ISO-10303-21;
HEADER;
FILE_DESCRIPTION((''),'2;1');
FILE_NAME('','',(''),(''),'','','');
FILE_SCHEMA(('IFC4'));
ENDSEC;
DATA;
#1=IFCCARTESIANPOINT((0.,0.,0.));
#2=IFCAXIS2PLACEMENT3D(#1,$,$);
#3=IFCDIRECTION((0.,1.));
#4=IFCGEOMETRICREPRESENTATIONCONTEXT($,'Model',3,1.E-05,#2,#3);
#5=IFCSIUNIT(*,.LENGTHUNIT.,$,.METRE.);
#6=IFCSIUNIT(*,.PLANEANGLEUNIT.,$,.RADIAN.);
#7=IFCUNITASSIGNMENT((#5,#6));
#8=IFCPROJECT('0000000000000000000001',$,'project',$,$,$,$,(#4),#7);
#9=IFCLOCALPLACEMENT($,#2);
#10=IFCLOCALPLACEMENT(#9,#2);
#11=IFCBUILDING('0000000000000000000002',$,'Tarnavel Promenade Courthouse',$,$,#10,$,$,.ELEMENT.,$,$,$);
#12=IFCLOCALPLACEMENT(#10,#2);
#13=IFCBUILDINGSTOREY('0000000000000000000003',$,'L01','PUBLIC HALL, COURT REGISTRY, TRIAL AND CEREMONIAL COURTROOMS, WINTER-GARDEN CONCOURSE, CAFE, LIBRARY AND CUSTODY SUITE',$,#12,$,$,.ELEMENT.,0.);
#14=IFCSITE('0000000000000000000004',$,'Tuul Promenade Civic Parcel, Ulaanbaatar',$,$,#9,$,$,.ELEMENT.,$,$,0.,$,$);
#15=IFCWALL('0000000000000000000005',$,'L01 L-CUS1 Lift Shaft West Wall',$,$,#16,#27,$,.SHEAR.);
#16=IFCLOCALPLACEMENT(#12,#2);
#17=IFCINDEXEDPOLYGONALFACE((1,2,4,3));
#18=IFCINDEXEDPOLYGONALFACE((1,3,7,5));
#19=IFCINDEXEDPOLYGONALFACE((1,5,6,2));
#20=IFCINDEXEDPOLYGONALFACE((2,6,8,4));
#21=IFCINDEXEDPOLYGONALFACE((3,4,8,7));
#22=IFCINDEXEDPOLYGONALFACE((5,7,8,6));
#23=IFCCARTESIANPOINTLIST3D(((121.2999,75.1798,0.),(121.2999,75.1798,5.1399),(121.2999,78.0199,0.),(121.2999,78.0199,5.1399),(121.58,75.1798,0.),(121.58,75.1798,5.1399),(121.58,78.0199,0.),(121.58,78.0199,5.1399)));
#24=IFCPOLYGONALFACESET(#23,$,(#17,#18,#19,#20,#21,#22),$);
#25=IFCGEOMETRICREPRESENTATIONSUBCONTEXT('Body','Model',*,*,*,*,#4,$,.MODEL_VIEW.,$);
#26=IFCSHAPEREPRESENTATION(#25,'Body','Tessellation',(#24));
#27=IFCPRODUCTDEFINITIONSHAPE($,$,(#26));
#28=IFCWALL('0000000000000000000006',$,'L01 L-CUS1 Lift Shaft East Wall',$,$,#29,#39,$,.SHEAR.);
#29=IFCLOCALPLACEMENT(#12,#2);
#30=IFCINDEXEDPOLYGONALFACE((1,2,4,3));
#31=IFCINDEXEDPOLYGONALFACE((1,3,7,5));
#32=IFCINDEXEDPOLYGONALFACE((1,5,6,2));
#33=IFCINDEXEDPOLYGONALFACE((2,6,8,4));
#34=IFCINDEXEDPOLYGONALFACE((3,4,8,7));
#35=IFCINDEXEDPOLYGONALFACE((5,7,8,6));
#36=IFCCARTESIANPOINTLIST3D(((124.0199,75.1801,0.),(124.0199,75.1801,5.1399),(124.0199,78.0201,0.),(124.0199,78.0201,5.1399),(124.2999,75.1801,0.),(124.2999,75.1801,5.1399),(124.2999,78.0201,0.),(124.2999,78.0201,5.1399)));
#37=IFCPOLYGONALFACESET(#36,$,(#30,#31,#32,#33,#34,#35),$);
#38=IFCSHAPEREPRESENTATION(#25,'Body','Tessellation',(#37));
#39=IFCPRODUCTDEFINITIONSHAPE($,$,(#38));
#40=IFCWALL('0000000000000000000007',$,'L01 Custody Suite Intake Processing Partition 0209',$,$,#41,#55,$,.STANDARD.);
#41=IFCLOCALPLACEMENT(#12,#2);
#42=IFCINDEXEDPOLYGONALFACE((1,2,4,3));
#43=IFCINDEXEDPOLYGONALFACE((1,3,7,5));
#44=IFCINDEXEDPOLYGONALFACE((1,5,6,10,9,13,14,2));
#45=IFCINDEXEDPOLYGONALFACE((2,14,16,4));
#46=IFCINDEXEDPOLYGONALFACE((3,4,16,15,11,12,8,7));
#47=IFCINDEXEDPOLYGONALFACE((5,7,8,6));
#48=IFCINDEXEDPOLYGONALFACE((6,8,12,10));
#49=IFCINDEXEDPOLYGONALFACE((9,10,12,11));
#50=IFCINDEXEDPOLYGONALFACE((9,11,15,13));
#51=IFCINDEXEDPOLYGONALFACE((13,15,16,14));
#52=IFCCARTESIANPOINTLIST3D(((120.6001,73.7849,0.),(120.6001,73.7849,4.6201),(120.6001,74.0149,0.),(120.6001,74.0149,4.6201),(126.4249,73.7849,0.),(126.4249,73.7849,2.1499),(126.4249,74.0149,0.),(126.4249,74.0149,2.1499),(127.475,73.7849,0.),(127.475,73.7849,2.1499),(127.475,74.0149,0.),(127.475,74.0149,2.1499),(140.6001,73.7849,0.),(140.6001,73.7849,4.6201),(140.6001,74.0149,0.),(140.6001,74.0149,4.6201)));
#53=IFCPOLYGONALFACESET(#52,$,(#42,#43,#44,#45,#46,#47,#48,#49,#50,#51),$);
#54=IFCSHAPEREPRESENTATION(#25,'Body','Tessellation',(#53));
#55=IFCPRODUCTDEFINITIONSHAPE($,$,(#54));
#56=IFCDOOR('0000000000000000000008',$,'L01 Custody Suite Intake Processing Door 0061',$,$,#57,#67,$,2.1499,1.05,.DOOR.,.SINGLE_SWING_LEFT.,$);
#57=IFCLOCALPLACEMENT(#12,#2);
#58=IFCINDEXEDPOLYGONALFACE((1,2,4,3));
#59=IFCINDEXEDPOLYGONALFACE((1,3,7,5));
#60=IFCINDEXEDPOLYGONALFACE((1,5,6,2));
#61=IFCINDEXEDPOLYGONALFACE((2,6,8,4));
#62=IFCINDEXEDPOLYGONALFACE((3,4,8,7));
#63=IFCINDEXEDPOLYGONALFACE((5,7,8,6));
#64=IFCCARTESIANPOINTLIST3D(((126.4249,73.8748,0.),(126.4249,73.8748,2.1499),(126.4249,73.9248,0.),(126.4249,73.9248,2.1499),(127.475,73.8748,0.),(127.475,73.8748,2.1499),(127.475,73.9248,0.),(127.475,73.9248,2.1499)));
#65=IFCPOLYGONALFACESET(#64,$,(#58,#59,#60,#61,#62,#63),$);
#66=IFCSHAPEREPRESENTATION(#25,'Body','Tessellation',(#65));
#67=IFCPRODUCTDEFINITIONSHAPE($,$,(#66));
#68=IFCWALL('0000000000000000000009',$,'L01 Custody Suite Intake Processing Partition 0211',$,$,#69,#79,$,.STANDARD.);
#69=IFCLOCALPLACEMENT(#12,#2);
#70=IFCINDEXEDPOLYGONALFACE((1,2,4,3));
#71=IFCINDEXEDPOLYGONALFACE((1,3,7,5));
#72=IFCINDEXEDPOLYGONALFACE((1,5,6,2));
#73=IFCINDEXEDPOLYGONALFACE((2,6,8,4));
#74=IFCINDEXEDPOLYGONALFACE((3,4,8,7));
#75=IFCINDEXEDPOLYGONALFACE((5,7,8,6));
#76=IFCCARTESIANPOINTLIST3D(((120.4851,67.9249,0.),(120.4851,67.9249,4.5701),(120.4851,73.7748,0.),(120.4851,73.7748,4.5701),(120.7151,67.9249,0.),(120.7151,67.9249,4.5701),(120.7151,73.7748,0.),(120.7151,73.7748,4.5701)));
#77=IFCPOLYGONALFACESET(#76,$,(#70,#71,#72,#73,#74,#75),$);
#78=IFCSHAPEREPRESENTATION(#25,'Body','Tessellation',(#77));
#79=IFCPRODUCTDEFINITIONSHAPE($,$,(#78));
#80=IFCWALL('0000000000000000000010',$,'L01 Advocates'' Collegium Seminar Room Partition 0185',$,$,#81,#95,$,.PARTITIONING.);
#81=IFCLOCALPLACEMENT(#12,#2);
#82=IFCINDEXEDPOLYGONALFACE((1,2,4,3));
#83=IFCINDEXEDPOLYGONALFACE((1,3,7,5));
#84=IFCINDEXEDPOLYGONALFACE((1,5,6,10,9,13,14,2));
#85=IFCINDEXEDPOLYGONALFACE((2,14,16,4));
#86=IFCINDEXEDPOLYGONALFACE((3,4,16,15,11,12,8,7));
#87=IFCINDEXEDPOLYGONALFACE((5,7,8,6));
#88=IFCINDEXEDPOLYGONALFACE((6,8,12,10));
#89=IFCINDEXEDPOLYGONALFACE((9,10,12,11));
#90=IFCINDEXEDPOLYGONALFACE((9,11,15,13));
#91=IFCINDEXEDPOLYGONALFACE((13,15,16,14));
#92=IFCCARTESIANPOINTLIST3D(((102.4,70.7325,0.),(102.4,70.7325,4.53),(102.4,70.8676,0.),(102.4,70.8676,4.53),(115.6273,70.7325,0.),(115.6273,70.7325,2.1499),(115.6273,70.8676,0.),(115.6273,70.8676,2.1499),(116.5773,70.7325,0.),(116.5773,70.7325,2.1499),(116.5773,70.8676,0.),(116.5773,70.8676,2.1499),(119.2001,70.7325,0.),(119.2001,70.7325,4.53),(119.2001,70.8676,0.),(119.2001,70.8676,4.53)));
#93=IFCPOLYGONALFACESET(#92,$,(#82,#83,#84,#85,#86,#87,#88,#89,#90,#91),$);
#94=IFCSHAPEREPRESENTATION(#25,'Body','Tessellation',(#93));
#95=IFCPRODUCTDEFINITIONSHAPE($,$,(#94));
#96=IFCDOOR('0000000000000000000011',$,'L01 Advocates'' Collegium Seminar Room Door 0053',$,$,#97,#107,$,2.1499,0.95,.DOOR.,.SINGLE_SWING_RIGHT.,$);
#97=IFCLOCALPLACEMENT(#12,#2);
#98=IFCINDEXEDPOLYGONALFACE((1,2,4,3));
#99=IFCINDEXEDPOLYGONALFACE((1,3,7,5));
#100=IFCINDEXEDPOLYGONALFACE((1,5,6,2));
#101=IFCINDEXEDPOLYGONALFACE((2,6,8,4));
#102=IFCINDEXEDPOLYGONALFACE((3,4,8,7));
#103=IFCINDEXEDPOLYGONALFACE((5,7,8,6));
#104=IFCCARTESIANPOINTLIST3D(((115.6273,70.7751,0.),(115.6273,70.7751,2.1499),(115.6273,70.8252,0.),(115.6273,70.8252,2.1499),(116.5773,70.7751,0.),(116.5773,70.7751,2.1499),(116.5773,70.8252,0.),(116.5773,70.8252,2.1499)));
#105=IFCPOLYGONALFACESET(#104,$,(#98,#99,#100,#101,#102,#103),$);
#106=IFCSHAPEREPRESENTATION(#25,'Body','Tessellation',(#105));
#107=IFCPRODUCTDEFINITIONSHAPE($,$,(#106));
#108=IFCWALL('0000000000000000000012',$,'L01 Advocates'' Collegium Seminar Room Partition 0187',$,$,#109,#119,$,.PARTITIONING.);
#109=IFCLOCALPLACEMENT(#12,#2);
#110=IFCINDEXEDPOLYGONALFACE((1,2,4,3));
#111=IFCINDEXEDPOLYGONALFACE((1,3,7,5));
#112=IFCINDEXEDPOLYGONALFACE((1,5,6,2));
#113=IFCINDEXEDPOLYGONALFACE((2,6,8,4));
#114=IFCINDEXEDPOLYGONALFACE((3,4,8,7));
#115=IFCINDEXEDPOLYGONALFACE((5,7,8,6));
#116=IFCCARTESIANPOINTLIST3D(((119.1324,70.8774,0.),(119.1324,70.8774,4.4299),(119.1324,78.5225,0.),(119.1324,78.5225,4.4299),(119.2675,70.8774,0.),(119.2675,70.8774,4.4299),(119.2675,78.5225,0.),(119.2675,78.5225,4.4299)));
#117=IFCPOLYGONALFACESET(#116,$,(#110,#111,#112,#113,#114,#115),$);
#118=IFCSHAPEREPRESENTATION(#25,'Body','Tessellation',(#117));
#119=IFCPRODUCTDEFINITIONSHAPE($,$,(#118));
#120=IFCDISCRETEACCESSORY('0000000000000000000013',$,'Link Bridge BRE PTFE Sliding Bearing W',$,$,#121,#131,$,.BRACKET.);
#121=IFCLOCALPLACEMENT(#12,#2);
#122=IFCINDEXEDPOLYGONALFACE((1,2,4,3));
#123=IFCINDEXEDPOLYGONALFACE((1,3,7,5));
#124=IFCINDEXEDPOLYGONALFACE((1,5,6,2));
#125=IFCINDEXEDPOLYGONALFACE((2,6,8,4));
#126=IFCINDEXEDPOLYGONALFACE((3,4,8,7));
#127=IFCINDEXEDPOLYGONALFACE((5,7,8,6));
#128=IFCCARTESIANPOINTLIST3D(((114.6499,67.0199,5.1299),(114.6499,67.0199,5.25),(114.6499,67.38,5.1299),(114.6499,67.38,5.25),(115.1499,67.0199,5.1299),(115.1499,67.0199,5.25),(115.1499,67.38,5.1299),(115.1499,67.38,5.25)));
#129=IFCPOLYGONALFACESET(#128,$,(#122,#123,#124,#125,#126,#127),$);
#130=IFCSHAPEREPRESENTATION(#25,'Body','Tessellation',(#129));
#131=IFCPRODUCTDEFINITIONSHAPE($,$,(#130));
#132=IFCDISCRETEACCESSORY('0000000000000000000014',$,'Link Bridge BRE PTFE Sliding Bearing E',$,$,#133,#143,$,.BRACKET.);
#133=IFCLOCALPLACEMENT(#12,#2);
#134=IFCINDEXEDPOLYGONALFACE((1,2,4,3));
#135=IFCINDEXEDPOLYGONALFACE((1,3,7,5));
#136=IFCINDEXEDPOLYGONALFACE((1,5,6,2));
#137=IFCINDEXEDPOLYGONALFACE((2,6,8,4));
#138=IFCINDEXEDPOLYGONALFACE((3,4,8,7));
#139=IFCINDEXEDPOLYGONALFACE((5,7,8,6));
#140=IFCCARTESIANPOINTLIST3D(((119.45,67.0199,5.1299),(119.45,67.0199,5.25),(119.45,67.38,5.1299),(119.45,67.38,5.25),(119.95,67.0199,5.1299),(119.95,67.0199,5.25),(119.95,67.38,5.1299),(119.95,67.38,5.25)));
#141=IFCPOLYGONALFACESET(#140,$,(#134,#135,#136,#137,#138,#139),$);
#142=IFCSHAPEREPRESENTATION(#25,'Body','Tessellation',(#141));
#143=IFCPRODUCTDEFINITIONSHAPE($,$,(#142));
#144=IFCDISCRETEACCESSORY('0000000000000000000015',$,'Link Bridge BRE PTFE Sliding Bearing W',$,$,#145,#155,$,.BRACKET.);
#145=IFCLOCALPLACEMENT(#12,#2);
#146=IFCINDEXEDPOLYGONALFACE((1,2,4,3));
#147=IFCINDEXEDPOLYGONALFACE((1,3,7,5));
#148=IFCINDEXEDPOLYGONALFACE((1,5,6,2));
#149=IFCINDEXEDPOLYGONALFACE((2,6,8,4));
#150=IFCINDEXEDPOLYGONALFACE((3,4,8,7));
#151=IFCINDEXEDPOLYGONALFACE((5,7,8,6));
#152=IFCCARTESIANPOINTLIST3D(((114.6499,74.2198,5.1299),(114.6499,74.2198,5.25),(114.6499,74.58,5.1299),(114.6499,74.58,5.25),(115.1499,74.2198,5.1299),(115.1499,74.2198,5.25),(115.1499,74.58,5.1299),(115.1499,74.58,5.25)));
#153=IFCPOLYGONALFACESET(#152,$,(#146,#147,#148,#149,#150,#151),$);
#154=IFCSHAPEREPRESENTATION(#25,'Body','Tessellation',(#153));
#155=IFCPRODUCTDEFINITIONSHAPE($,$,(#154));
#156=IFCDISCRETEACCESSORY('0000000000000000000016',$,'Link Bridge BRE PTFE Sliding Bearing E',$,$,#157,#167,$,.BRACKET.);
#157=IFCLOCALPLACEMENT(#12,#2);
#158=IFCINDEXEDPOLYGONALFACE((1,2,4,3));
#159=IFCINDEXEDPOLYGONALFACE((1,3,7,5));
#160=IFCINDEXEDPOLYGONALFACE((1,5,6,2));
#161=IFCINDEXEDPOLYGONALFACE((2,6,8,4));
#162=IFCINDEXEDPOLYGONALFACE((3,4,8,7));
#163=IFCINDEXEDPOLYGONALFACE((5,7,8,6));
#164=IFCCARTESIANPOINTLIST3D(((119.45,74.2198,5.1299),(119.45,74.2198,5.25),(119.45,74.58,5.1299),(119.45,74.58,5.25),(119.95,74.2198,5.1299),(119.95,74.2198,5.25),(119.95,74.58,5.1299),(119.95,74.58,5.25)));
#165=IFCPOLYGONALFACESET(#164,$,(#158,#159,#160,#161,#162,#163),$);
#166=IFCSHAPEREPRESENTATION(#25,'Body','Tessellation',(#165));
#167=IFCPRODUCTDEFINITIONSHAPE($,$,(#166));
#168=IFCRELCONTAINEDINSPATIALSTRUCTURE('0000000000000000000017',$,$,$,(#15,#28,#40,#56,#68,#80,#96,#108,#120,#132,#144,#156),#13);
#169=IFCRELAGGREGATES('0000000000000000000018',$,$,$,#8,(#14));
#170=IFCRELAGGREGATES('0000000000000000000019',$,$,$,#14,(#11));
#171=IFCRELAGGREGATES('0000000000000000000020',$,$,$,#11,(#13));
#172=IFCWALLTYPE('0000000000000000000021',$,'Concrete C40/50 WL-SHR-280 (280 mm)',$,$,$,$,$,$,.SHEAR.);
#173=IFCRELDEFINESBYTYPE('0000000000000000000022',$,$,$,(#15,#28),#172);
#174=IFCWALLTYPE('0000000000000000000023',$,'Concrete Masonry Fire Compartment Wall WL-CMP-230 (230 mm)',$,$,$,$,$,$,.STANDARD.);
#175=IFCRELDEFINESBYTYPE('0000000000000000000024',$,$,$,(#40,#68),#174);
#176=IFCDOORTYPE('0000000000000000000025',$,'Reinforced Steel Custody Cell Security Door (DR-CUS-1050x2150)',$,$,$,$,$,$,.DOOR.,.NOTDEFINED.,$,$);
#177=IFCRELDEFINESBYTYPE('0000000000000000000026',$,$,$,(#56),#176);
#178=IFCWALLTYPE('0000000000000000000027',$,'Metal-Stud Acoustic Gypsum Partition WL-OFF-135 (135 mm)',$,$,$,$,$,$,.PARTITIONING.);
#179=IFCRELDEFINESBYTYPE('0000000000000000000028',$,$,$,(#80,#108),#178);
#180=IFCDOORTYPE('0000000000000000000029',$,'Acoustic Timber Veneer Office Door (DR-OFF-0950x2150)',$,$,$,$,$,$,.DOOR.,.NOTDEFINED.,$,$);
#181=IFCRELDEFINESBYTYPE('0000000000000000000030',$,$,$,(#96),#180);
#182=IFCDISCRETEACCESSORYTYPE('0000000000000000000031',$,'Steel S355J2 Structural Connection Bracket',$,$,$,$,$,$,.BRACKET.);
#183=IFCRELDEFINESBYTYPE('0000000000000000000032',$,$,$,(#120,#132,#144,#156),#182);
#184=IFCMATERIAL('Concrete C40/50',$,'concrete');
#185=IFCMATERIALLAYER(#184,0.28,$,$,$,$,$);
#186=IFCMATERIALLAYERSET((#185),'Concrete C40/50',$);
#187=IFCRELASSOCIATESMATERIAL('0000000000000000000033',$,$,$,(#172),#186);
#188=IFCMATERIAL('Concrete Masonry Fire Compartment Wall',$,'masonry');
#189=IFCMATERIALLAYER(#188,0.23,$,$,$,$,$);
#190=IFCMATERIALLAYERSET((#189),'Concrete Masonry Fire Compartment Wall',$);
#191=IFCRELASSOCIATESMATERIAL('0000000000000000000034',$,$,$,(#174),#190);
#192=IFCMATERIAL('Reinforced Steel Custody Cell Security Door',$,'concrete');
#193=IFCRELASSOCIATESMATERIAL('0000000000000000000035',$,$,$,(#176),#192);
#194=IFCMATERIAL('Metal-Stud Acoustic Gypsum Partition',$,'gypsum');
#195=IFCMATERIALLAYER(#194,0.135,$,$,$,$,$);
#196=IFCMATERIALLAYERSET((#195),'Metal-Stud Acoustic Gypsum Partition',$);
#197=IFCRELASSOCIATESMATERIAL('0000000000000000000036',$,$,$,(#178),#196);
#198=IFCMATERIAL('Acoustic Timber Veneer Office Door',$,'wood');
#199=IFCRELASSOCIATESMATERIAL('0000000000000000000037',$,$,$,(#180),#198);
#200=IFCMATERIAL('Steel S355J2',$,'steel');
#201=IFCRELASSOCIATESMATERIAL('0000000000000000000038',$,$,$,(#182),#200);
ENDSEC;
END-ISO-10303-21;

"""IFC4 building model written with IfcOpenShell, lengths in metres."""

from ifc_helpers import new_model, si_unit, direction, frame, frame_2d, origin, origin_2d, place, context, subcontext, project, spatial, rectangle, extrude, material, layer, layer_set, type_object, element, fill, save


model = new_model("IFC4")

# Units and contexts
model_context = context("Model", 3, precision=1e-05, world=origin(), true_north=direction((0.0, 1.0)))
body_context = subcontext(model_context, "Body", "Model", "MODEL_VIEW")
ifc_project = project(units=[si_unit("LENGTHUNIT", "METRE"), si_unit("PLANEANGLEUNIT", "RADIAN")], contexts=[model_context])

# Site, building, storey
site_placement = place(None, origin())
site = spatial("IfcSite", under=ifc_project, at=site_placement, Name="Tuul Promenade Civic Parcel, Ulaanbaatar", CompositionType="ELEMENT", RefElevation=0.0)
building_placement = place(site_placement, origin())
building = spatial("IfcBuilding", under=site, at=building_placement, Name="Tarnavel Promenade Courthouse", CompositionType="ELEMENT")
storey_placement = place(building_placement, origin())
storey = spatial("IfcBuildingStorey", under=building, at=storey_placement, Name="L01", Description="PUBLIC HALL, COURT REGISTRY, TRIAL AND CEREMONIAL COURTROOMS, WINTER-GARDEN CONCOURSE, CAFE, LIBRARY AND CUSTODY SUITE", CompositionType="ELEMENT", Elevation=0.0)

# Shared definitions
ifc_material_1 = material(Name="Concrete C40/50", Category="concrete")

# Shared definitions
ifc_material_2 = material(Name="Steel S355J2", Category="steel")

# Shared definitions
ifc_layer_1 = layer(ifc_material_1, 0.28)
ifc_layer_set_1 = layer_set([ifc_layer_1], Name="Concrete C40/50")
wall_type_1 = type_object("IfcWallType", Name="Concrete C40/50 WL-SHR-280 (280 mm)", PredefinedType="SHEAR", material=ifc_layer_set_1)

# Walls
for number, where, z_axis, x_axis, name in (
    (1, (121.4399, 75.1799, 0.0), (0.0, 0.0, 1.0), (0.0, 1.0, 0.0), "L01 L-CUS1 Lift Shaft West Wall"),
    (2, (124.1599, 78.02, 0.0), (0.0, 0.0, 1.0), (0.0, -1.0, 0.0), "L01 L-CUS1 Lift Shaft East Wall"),
):
    element("IfcWall", number, at=place(storey_placement, frame(where, z_axis=z_axis, x_axis=x_axis)), inside=storey, type_object=wall_type_1, Name=name, PredefinedType="SHEAR", context=body_context, shape_type="SweptSolid", body=[
        extrude(rectangle(XDim=2.8401, YDim=0.28, at=frame_2d((1.4199, 0.0))), origin(), (0.0, 0.0, 1.0), 5.1399),
    ])

# Wall, opening, door
ifc_material_3 = material(Name="Concrete Masonry Fire Compartment Wall", Category="masonry")
ifc_layer_2 = layer(ifc_material_3, 0.23)
ifc_layer_set_2 = layer_set([ifc_layer_2], Name="Concrete Masonry Fire Compartment Wall")
wall_type_2 = type_object("IfcWallType", Name="Concrete Masonry Fire Compartment Wall WL-CMP-230 (230 mm)", PredefinedType="STANDARD", material=ifc_layer_set_2)
wall_1_placement = place(storey_placement, frame((120.6001, 73.8999, 0.0), z_axis=(0.0, 0.0, 1.0), x_axis=(1.0, 0.0, 0.0)))
wall_1 = element("IfcWall", 3, at=wall_1_placement, inside=storey, type_object=wall_type_2, Name="L01 Custody Suite Intake Processing Partition 0209", PredefinedType="STANDARD", context=body_context, shape_type="SweptSolid", body=[
    extrude(rectangle(XDim=20.0, YDim=0.23, at=frame_2d((10.0, 0.0))), origin(), (0.0, 0.0, 1.0), 4.6201),
])
opening_1_placement = place(wall_1_placement, frame((5.825, 0.0, 0.0)))
opening_1 = element("IfcOpeningElement", 4, at=opening_1_placement, cuts=wall_1, PredefinedType="OPENING", context=body_context, shape_type="SweptSolid", body=[
    extrude(rectangle(XDim=1.05, YDim=2.1499, at=frame_2d((0.5249, 1.075))), frame((0.0, 0.125, 0.0), z_axis=(0.0, -1.0, 0.0), x_axis=(1.0, 0.0, 0.0)), (0.0, 0.0, 1.0), 0.25),
])
ifc_material_4 = material(Name="Reinforced Steel Custody Cell Security Door", Category="concrete")
door_type_1 = type_object("IfcDoorType", Name="Reinforced Steel Custody Cell Security Door (DR-CUS-1050x2150)", OperationType="NOTDEFINED", PredefinedType="DOOR", material=ifc_material_4)
door_1_placement = place(opening_1_placement, origin())
door_1 = element("IfcDoor", 5, at=door_1_placement, inside=storey, type_object=door_type_1, Name="L01 Custody Suite Intake Processing Door 0061", OperationType="SINGLE_SWING_LEFT", OverallHeight=2.1499, OverallWidth=1.05, PredefinedType="DOOR", context=body_context, shape_type="SweptSolid", body=[
    extrude(rectangle(XDim=1.05, YDim=2.1499, at=frame_2d((0.5249, 1.075))), frame((0.0, 0.0249, 0.0), z_axis=(0.0, -1.0, 0.0), x_axis=(1.0, 0.0, 0.0)), (0.0, 0.0, 1.0), 0.05),
])
fill(opening_1, door_1)

# Wall
wall_2_placement = place(storey_placement, frame((120.6001, 67.925, 0.0), z_axis=(0.0, 0.0, 1.0), x_axis=(0.0, 1.0, 0.0)))
element("IfcWall", 6, at=wall_2_placement, inside=storey, type_object=wall_type_2, Name="L01 Custody Suite Intake Processing Partition 0211", PredefinedType="STANDARD", context=body_context, shape_type="SweptSolid", body=[
    extrude(rectangle(XDim=5.8499, YDim=0.23, at=frame_2d((2.9248, 0.0))), origin(), (0.0, 0.0, 1.0), 4.5701),
])

# Wall, opening, door
ifc_material_5 = material(Name="Metal-Stud Acoustic Gypsum Partition", Category="gypsum")
ifc_layer_3 = layer(ifc_material_5, 0.135)
ifc_layer_set_3 = layer_set([ifc_layer_3], Name="Metal-Stud Acoustic Gypsum Partition")
wall_type_3 = type_object("IfcWallType", Name="Metal-Stud Acoustic Gypsum Partition WL-OFF-135 (135 mm)", PredefinedType="PARTITIONING", material=ifc_layer_set_3)
wall_3_placement = place(storey_placement, frame((119.2, 70.8, 0.0), z_axis=(0.0, 0.0, 1.0), x_axis=(-1.0, 0.0, 0.0)))
wall_3 = element("IfcWall", 7, at=wall_3_placement, inside=storey, type_object=wall_type_3, Name="L01 Advocates' Collegium Seminar Room Partition 0185", PredefinedType="PARTITIONING", context=body_context, shape_type="SweptSolid", body=[
    extrude(rectangle(XDim=16.8, YDim=0.135, at=frame_2d((8.3999, 0.0))), origin(), (0.0, 0.0, 1.0), 4.53),
])
opening_2_placement = place(wall_3_placement, frame((2.6226, 0.0, 0.0)))
opening_2 = element("IfcOpeningElement", 8, at=opening_2_placement, cuts=wall_3, PredefinedType="OPENING", context=body_context, shape_type="SweptSolid", body=[
    extrude(rectangle(XDim=0.95, YDim=2.1499, at=frame_2d((0.4751, 1.075))), frame((0.0, 0.0774, 0.0), z_axis=(0.0, -1.0, 0.0), x_axis=(1.0, 0.0, 0.0)), (0.0, 0.0, 1.0), 0.155),
])
ifc_material_6 = material(Name="Acoustic Timber Veneer Office Door", Category="wood")
door_type_2 = type_object("IfcDoorType", Name="Acoustic Timber Veneer Office Door (DR-OFF-0950x2150)", OperationType="NOTDEFINED", PredefinedType="DOOR", material=ifc_material_6)
door_2_placement = place(opening_2_placement, origin())
door_2 = element("IfcDoor", 9, at=door_2_placement, inside=storey, type_object=door_type_2, Name="L01 Advocates' Collegium Seminar Room Door 0053", OperationType="SINGLE_SWING_RIGHT", OverallHeight=2.1499, OverallWidth=0.95, PredefinedType="DOOR", context=body_context, shape_type="SweptSolid", body=[
    extrude(rectangle(XDim=0.95, YDim=2.1499, at=frame_2d((0.4751, 1.075))), frame((0.0, 0.0249, 0.0), z_axis=(0.0, -1.0, 0.0), x_axis=(1.0, 0.0, 0.0)), (0.0, 0.0, 1.0), 0.05),
])
fill(opening_2, door_2)

# Wall
wall_4_placement = place(storey_placement, frame((119.2, 78.5225, 0.0), z_axis=(0.0, 0.0, 1.0), x_axis=(0.0, -1.0, 0.0)))
element("IfcWall", 10, at=wall_4_placement, inside=storey, type_object=wall_type_3, Name="L01 Advocates' Collegium Seminar Room Partition 0187", PredefinedType="PARTITIONING", context=body_context, shape_type="SweptSolid", body=[
    extrude(rectangle(XDim=7.645, YDim=0.135, at=frame_2d((3.8225, 0.0))), origin(), (0.0, 0.0, 1.0), 4.4299),
])

# Discrete accessories
discrete_accessory_type = type_object("IfcDiscreteAccessoryType", Name="Steel S355J2 Structural Connection Bracket", PredefinedType="BRACKET", material=ifc_material_2)
for number, where, z_axis, x_axis, name in (
    (11, (114.8999, 67.2, 5.1299), (0.0, 0.0, 1.0), (1.0, 0.0, 0.0), "Link Bridge BRE PTFE Sliding Bearing W"),
    (12, (119.7, 67.2, 5.1299), (0.0, 0.0, 1.0), (1.0, 0.0, 0.0), "Link Bridge BRE PTFE Sliding Bearing E"),
    (13, (114.8999, 74.3999, 5.1299), (0.0, 0.0, 1.0), (1.0, 0.0, 0.0), "Link Bridge BRE PTFE Sliding Bearing W"),
    (14, (119.7, 74.3999, 5.1299), (0.0, 0.0, 1.0), (1.0, 0.0, 0.0), "Link Bridge BRE PTFE Sliding Bearing E"),
):
    element("IfcDiscreteAccessory", number, at=place(storey_placement, frame(where, z_axis=z_axis, x_axis=x_axis)), inside=storey, type_object=discrete_accessory_type, Name=name, PredefinedType="BRACKET", context=body_context, shape_type="SweptSolid", body=[
        extrude(rectangle(XDim=0.5, YDim=0.3601, at=origin_2d()), origin(), (0.0, 0.0, 1.0), 0.1201),
    ])

save(model, "model.ifc")
